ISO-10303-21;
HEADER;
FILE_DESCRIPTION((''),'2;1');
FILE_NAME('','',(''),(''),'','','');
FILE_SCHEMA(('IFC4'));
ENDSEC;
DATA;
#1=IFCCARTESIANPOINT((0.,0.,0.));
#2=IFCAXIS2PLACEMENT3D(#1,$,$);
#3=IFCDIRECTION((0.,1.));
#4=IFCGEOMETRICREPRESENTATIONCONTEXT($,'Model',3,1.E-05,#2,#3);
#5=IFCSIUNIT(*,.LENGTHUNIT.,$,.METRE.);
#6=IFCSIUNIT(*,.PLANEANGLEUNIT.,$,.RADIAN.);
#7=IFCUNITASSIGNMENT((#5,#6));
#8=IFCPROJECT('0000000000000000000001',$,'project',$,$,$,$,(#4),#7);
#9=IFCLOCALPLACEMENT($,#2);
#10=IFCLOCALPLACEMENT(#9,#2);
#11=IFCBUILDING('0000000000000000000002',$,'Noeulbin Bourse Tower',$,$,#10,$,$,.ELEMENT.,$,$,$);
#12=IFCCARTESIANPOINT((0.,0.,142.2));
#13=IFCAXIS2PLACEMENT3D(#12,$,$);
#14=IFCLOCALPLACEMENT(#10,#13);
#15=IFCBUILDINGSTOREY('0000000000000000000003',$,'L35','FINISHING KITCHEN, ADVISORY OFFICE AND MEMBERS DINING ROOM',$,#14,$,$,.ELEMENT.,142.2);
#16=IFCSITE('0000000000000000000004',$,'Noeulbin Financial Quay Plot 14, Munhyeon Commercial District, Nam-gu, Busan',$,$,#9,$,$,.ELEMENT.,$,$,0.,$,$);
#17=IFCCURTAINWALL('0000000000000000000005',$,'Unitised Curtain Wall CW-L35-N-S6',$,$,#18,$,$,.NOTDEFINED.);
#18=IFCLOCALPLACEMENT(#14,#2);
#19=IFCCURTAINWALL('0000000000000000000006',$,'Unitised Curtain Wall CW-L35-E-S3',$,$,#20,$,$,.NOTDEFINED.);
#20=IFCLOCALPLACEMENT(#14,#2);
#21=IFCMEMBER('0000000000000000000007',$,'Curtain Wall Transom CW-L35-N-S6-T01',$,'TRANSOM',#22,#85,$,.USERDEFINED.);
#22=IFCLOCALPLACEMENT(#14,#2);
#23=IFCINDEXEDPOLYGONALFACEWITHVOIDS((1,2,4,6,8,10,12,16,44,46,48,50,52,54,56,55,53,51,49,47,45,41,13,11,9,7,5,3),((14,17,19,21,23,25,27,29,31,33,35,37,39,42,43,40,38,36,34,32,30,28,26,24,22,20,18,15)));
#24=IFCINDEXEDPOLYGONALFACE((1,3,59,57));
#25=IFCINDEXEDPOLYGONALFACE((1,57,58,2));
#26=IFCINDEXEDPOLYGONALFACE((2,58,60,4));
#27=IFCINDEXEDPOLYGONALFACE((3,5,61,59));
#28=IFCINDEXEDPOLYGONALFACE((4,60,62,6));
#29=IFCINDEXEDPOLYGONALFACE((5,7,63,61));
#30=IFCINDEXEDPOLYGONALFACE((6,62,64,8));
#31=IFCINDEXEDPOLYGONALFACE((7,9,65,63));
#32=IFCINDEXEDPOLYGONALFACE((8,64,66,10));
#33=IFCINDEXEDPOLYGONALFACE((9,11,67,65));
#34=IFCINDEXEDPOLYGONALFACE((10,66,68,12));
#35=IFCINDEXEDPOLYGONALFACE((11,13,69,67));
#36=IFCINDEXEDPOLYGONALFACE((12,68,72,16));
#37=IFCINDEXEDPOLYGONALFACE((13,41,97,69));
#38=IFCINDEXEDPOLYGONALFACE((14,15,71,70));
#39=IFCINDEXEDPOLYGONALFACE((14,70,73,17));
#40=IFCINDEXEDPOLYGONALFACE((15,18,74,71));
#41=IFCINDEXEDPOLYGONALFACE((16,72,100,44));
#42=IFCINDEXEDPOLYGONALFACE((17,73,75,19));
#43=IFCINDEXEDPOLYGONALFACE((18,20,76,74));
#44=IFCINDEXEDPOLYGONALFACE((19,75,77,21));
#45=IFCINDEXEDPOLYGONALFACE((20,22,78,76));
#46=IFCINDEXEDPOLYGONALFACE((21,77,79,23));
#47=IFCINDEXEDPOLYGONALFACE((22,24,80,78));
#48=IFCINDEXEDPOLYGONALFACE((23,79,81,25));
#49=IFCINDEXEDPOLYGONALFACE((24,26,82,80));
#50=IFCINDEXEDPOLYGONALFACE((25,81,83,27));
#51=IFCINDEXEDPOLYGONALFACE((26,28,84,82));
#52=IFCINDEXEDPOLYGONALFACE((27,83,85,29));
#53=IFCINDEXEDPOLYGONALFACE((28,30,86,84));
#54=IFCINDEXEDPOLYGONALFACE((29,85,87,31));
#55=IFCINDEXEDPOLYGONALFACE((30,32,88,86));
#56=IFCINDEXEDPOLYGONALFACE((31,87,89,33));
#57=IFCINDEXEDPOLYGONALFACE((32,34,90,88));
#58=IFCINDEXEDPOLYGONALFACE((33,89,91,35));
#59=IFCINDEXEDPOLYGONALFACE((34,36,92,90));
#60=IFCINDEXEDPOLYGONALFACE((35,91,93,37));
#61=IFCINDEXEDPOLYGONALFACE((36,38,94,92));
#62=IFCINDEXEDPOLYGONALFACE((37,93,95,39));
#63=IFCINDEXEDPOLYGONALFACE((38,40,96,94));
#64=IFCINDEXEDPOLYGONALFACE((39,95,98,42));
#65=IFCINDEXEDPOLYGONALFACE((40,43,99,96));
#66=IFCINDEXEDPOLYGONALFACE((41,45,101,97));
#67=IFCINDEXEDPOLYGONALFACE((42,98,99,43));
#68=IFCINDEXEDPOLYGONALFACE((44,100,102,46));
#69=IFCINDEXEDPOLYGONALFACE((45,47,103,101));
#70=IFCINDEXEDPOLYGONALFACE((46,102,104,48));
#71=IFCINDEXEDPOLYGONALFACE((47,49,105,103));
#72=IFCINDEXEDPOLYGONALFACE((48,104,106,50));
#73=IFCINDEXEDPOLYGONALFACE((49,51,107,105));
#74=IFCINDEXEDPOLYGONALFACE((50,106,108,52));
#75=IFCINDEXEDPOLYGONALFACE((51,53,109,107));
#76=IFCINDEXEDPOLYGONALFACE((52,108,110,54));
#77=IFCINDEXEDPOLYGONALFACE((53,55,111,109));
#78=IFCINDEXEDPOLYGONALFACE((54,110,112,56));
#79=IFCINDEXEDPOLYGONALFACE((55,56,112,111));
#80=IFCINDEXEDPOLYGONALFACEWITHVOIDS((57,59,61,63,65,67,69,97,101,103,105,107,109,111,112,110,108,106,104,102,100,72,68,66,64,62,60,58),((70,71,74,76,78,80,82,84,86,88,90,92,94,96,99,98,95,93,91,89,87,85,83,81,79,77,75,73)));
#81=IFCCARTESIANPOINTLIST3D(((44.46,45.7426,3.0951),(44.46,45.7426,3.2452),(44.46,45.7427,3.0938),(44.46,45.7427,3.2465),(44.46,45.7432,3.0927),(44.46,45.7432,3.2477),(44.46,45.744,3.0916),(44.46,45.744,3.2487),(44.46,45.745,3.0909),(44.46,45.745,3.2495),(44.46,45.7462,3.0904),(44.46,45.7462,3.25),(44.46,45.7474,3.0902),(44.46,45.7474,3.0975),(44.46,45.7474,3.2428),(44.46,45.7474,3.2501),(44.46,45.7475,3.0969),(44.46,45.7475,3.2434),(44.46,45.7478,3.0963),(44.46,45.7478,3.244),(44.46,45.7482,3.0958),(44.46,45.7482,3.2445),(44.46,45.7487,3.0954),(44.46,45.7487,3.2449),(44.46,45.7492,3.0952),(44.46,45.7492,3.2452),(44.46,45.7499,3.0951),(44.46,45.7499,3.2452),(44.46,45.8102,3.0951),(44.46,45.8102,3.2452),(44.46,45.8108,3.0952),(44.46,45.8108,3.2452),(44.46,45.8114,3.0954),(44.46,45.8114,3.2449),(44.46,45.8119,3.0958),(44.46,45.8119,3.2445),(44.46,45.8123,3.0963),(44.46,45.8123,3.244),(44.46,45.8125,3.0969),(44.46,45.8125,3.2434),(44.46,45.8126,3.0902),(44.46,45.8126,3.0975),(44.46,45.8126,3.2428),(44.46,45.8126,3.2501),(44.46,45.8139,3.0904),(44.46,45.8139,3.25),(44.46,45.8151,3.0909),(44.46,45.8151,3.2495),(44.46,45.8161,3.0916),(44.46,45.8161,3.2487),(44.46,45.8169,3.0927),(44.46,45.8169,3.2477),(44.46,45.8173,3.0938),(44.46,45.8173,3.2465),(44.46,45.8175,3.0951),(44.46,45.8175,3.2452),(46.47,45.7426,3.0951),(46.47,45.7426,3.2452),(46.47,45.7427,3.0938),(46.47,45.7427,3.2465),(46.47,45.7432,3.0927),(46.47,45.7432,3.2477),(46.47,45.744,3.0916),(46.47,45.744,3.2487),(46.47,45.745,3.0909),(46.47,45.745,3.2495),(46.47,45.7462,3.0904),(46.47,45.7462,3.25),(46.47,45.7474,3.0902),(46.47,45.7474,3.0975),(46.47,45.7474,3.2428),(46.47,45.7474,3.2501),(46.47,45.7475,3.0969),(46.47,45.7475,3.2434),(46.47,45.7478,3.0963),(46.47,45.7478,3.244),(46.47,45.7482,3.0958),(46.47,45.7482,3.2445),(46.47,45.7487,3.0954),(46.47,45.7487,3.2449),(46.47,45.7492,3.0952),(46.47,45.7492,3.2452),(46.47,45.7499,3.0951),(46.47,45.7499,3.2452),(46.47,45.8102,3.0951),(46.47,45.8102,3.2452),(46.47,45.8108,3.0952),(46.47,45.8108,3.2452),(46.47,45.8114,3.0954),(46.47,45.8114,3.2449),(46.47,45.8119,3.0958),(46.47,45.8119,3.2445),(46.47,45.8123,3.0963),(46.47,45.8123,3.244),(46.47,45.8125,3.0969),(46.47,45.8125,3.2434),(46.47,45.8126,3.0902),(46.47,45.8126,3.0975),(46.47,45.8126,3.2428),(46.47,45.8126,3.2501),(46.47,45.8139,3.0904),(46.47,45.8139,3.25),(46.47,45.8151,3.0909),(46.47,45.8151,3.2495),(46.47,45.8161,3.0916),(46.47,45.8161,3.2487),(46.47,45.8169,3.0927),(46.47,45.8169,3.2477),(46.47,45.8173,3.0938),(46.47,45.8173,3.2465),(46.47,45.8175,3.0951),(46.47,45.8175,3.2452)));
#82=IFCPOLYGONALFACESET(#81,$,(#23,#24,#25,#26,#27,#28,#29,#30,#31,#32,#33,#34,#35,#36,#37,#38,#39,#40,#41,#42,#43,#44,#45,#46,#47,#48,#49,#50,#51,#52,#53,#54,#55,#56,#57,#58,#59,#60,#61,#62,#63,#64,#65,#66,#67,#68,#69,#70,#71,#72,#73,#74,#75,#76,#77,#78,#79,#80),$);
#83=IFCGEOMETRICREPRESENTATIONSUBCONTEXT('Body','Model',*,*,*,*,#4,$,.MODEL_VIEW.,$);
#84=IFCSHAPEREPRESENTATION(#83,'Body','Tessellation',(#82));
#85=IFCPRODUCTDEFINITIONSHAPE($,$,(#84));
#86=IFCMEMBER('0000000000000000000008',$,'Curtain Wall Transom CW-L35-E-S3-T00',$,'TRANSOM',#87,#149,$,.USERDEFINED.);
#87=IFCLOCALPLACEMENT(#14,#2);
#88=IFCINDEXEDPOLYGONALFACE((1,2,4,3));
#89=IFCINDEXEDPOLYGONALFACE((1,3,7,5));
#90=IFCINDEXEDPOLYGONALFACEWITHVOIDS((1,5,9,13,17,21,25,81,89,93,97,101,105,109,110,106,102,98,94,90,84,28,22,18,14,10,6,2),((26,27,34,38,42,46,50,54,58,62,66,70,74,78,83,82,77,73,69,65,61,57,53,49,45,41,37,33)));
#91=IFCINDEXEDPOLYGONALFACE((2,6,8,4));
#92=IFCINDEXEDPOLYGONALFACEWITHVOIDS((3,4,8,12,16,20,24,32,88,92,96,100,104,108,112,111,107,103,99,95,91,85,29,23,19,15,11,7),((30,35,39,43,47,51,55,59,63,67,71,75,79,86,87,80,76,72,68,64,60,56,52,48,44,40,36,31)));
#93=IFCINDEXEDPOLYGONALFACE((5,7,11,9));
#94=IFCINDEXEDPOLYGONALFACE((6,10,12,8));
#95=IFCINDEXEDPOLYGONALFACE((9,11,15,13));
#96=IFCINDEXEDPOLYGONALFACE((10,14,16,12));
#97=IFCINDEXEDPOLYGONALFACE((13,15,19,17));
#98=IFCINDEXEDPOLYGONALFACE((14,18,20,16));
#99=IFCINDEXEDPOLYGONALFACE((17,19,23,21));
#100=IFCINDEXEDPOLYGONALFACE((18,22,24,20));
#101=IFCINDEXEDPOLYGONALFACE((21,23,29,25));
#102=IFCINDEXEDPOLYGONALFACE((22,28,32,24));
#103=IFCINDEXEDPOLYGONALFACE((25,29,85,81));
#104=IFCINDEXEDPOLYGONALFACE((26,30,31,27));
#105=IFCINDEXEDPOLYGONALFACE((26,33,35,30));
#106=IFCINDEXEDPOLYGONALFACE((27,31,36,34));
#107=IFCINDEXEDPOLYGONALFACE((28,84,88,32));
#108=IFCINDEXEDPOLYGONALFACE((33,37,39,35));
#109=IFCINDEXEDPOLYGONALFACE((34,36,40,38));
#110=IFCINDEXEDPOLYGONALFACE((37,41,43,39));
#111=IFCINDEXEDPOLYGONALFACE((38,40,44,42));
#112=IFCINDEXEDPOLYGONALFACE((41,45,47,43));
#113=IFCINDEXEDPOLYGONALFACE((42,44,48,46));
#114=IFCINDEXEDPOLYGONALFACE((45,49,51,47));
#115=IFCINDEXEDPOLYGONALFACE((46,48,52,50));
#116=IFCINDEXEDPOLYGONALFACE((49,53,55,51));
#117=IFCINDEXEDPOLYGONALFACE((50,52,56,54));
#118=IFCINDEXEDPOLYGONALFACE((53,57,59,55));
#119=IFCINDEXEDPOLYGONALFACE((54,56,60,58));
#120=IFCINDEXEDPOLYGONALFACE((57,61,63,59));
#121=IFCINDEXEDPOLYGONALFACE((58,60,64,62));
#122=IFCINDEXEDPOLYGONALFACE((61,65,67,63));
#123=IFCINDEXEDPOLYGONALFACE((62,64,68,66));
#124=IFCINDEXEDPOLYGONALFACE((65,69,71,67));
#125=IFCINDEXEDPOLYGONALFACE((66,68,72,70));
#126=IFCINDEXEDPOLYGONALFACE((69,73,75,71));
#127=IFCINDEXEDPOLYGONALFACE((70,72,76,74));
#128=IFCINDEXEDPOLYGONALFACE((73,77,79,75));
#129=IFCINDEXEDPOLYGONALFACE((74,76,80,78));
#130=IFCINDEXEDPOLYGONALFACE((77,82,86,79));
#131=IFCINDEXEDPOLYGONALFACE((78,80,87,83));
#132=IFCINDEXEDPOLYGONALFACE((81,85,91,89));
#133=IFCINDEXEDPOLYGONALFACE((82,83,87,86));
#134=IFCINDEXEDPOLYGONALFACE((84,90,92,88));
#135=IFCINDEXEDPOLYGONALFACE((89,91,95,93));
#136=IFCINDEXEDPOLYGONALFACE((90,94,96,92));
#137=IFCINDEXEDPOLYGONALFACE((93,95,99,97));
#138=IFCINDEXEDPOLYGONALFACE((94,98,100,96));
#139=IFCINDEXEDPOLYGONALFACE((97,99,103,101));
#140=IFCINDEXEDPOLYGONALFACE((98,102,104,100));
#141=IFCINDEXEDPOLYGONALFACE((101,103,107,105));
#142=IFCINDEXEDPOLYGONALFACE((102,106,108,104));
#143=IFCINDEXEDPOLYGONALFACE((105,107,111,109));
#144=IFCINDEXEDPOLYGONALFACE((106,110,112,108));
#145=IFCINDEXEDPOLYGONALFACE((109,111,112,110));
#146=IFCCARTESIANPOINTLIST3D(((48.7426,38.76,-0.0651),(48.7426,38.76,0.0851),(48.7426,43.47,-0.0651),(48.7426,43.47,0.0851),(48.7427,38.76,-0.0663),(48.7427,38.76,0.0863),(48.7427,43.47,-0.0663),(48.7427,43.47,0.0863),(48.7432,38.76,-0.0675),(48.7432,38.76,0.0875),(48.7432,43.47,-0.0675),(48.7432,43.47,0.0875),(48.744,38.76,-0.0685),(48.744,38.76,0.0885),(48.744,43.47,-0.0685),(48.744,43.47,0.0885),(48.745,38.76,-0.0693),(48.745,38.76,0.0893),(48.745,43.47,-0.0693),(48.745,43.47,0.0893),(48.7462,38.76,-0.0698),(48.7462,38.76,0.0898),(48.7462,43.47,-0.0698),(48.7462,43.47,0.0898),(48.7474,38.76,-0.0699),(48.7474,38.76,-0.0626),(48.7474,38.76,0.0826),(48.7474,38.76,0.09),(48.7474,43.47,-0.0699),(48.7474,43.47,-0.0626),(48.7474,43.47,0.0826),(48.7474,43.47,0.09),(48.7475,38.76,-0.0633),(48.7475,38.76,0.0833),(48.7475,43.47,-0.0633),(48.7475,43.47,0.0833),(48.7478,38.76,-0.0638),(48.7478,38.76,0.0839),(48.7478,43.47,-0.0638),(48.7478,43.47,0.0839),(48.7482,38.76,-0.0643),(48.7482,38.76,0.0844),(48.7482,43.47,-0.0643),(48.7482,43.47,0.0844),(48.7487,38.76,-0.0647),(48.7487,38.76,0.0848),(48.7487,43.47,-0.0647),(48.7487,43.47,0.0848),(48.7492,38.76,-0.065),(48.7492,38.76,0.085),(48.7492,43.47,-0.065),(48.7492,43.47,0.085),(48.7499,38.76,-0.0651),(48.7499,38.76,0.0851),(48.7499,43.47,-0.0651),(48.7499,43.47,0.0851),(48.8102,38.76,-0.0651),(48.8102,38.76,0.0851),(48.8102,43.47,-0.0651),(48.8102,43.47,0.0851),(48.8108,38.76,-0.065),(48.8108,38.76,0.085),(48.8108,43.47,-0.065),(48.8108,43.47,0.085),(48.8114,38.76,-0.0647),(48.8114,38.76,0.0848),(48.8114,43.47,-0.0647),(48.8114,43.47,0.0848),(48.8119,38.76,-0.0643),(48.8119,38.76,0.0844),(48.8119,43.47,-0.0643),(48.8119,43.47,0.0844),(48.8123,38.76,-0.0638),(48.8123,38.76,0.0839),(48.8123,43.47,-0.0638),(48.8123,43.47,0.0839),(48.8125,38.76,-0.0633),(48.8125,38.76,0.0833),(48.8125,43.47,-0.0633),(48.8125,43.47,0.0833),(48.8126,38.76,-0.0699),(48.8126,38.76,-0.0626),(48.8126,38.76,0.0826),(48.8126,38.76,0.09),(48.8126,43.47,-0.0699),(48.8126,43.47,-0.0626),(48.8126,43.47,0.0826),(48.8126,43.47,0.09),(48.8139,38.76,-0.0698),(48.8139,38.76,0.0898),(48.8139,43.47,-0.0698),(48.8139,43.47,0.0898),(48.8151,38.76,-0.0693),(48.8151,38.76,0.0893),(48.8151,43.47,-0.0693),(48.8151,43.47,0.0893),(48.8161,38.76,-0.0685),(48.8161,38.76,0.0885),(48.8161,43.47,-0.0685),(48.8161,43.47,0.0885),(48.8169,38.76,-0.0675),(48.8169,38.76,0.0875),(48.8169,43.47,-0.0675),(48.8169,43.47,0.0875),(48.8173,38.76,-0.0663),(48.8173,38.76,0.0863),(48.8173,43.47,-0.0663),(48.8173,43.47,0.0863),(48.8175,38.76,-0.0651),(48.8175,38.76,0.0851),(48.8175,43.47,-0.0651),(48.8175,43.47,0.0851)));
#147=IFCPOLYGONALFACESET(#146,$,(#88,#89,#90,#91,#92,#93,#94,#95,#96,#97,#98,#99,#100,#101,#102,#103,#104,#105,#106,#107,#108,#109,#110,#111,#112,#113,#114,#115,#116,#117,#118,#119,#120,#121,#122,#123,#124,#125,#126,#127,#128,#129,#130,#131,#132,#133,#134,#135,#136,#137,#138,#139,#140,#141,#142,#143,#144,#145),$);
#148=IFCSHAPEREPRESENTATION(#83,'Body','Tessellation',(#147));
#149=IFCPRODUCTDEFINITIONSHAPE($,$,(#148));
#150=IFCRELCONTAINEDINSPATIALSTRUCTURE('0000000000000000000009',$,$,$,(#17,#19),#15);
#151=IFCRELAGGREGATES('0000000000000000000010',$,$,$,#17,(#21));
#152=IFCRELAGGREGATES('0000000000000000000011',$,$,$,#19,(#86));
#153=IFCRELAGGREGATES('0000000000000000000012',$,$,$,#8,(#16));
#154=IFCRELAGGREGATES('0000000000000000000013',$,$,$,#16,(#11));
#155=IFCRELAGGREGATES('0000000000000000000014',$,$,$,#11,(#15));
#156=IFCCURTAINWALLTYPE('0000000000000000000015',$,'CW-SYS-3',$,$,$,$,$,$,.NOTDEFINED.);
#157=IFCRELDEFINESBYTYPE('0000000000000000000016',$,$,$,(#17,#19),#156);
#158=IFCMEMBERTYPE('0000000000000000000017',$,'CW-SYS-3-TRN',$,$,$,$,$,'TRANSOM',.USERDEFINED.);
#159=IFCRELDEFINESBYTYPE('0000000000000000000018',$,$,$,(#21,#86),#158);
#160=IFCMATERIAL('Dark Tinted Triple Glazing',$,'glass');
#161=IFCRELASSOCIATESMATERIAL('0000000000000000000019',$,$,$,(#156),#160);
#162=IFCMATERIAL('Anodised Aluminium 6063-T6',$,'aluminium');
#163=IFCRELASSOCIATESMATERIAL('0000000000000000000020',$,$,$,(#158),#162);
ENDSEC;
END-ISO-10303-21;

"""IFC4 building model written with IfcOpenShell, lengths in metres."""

from ifc_helpers import new_model, si_unit, direction, frame, origin, origin_2d, place, context, subcontext, project, spatial, hollow_rectangle, extrude, material, material_profile, profile_set, type_object, element, aggregate, save


model = new_model("IFC4")

# Units and contexts
model_context = context("Model", 3, precision=1e-05, world=origin(), true_north=direction((0.0, 1.0)))
body_context = subcontext(model_context, "Body", "Model", "MODEL_VIEW")
ifc_project = project(units=[si_unit("LENGTHUNIT", "METRE"), si_unit("PLANEANGLEUNIT", "RADIAN")], contexts=[model_context])

# Site, building, storey
site_placement = place(None, origin())
site = spatial("IfcSite", under=ifc_project, at=site_placement, Name="Noeulbin Financial Quay Plot 14, Munhyeon Commercial District, Nam-gu, Busan", CompositionType="ELEMENT", RefElevation=0.0)
building_placement = place(site_placement, origin())
building = spatial("IfcBuilding", under=site, at=building_placement, Name="Noeulbin Bourse Tower", CompositionType="ELEMENT")
storey_placement = place(building_placement, frame((0.0, 0.0, 142.2)))
storey = spatial("IfcBuildingStorey", under=building, at=storey_placement, Name="L35", Description="FINISHING KITCHEN, ADVISORY OFFICE AND MEMBERS DINING ROOM", CompositionType="ELEMENT", Elevation=142.2)

# Shared definitions
ifc_material_1 = material(Name="Dark Tinted Triple Glazing", Category="glass")
curtain_wall_type = type_object("IfcCurtainWallType", Name="CW-SYS-3", PredefinedType="NOTDEFINED", material=ifc_material_1)
ifc_material_2 = material(Name="Anodised Aluminium 6063-T6", Category="aluminium")

# Curtain walls
curtain_wall_1_placement = place(storey_placement, origin())
curtain_wall_1 = element("IfcCurtainWall", 1, at=curtain_wall_1_placement, inside=storey, type_object=curtain_wall_type, Name="Unitised Curtain Wall CW-L35-N-S6", PredefinedType="NOTDEFINED")
curtain_wall_2_placement = place(storey_placement, origin())
curtain_wall_2 = element("IfcCurtainWall", 2, at=curtain_wall_2_placement, inside=storey, type_object=curtain_wall_type, Name="Unitised Curtain Wall CW-L35-E-S3", PredefinedType="NOTDEFINED")

# Members
ifc_material_profile_1 = material_profile(ifc_material_2, hollow_rectangle(XDim=0.075, YDim=0.1599, WallThickness=0.0049, InnerFilletRadius=0.0024, OuterFilletRadius=0.0049, at=origin_2d()), Name="ALU-TRAN-75x160x5", Category="LoadBearing")
ifc_profile_set_1 = profile_set([ifc_material_profile_1], Name="Anodised Aluminium 6063-T6")
member_type_1 = type_object("IfcMemberType", Name="CW-SYS-3-TRN", ElementType="TRANSOM", PredefinedType="USERDEFINED", material=ifc_profile_set_1)
member_1_placement = place(storey_placement, frame((44.46, 45.78, 3.1702), z_axis=(1.0, 0.0, 0.0), x_axis=(0.0, 1.0, 0.0)))
member_1 = element("IfcMember", 3, at=member_1_placement, type_object=member_type_1, Name="Curtain Wall Transom CW-L35-N-S6-T01", ObjectType="TRANSOM", PredefinedType="USERDEFINED", context=body_context, shape_type="SweptSolid", body=[
    extrude(hollow_rectangle(XDim=0.075, YDim=0.1599, WallThickness=0.0049, InnerFilletRadius=0.0024, OuterFilletRadius=0.0049, at=origin_2d()), origin(), (0.0, 0.0, 1.0), 2.01),
])
member_2_placement = place(storey_placement, frame((48.78, 38.76, 0.01), z_axis=(0.0, 1.0, 0.0), x_axis=(-1.0, 0.0, 0.0)))
member_2 = element("IfcMember", 4, at=member_2_placement, type_object=member_type_1, Name="Curtain Wall Transom CW-L35-E-S3-T00", ObjectType="TRANSOM", PredefinedType="USERDEFINED", context=body_context, shape_type="SweptSolid", body=[
    extrude(hollow_rectangle(XDim=0.075, YDim=0.1599, WallThickness=0.0049, InnerFilletRadius=0.0024, OuterFilletRadius=0.0049, at=origin_2d()), origin(), (0.0, 0.0, 1.0), 4.71),
])

aggregate(curtain_wall_1, [member_1])
aggregate(curtain_wall_2, [member_2])

save(model, "model.ifc")
